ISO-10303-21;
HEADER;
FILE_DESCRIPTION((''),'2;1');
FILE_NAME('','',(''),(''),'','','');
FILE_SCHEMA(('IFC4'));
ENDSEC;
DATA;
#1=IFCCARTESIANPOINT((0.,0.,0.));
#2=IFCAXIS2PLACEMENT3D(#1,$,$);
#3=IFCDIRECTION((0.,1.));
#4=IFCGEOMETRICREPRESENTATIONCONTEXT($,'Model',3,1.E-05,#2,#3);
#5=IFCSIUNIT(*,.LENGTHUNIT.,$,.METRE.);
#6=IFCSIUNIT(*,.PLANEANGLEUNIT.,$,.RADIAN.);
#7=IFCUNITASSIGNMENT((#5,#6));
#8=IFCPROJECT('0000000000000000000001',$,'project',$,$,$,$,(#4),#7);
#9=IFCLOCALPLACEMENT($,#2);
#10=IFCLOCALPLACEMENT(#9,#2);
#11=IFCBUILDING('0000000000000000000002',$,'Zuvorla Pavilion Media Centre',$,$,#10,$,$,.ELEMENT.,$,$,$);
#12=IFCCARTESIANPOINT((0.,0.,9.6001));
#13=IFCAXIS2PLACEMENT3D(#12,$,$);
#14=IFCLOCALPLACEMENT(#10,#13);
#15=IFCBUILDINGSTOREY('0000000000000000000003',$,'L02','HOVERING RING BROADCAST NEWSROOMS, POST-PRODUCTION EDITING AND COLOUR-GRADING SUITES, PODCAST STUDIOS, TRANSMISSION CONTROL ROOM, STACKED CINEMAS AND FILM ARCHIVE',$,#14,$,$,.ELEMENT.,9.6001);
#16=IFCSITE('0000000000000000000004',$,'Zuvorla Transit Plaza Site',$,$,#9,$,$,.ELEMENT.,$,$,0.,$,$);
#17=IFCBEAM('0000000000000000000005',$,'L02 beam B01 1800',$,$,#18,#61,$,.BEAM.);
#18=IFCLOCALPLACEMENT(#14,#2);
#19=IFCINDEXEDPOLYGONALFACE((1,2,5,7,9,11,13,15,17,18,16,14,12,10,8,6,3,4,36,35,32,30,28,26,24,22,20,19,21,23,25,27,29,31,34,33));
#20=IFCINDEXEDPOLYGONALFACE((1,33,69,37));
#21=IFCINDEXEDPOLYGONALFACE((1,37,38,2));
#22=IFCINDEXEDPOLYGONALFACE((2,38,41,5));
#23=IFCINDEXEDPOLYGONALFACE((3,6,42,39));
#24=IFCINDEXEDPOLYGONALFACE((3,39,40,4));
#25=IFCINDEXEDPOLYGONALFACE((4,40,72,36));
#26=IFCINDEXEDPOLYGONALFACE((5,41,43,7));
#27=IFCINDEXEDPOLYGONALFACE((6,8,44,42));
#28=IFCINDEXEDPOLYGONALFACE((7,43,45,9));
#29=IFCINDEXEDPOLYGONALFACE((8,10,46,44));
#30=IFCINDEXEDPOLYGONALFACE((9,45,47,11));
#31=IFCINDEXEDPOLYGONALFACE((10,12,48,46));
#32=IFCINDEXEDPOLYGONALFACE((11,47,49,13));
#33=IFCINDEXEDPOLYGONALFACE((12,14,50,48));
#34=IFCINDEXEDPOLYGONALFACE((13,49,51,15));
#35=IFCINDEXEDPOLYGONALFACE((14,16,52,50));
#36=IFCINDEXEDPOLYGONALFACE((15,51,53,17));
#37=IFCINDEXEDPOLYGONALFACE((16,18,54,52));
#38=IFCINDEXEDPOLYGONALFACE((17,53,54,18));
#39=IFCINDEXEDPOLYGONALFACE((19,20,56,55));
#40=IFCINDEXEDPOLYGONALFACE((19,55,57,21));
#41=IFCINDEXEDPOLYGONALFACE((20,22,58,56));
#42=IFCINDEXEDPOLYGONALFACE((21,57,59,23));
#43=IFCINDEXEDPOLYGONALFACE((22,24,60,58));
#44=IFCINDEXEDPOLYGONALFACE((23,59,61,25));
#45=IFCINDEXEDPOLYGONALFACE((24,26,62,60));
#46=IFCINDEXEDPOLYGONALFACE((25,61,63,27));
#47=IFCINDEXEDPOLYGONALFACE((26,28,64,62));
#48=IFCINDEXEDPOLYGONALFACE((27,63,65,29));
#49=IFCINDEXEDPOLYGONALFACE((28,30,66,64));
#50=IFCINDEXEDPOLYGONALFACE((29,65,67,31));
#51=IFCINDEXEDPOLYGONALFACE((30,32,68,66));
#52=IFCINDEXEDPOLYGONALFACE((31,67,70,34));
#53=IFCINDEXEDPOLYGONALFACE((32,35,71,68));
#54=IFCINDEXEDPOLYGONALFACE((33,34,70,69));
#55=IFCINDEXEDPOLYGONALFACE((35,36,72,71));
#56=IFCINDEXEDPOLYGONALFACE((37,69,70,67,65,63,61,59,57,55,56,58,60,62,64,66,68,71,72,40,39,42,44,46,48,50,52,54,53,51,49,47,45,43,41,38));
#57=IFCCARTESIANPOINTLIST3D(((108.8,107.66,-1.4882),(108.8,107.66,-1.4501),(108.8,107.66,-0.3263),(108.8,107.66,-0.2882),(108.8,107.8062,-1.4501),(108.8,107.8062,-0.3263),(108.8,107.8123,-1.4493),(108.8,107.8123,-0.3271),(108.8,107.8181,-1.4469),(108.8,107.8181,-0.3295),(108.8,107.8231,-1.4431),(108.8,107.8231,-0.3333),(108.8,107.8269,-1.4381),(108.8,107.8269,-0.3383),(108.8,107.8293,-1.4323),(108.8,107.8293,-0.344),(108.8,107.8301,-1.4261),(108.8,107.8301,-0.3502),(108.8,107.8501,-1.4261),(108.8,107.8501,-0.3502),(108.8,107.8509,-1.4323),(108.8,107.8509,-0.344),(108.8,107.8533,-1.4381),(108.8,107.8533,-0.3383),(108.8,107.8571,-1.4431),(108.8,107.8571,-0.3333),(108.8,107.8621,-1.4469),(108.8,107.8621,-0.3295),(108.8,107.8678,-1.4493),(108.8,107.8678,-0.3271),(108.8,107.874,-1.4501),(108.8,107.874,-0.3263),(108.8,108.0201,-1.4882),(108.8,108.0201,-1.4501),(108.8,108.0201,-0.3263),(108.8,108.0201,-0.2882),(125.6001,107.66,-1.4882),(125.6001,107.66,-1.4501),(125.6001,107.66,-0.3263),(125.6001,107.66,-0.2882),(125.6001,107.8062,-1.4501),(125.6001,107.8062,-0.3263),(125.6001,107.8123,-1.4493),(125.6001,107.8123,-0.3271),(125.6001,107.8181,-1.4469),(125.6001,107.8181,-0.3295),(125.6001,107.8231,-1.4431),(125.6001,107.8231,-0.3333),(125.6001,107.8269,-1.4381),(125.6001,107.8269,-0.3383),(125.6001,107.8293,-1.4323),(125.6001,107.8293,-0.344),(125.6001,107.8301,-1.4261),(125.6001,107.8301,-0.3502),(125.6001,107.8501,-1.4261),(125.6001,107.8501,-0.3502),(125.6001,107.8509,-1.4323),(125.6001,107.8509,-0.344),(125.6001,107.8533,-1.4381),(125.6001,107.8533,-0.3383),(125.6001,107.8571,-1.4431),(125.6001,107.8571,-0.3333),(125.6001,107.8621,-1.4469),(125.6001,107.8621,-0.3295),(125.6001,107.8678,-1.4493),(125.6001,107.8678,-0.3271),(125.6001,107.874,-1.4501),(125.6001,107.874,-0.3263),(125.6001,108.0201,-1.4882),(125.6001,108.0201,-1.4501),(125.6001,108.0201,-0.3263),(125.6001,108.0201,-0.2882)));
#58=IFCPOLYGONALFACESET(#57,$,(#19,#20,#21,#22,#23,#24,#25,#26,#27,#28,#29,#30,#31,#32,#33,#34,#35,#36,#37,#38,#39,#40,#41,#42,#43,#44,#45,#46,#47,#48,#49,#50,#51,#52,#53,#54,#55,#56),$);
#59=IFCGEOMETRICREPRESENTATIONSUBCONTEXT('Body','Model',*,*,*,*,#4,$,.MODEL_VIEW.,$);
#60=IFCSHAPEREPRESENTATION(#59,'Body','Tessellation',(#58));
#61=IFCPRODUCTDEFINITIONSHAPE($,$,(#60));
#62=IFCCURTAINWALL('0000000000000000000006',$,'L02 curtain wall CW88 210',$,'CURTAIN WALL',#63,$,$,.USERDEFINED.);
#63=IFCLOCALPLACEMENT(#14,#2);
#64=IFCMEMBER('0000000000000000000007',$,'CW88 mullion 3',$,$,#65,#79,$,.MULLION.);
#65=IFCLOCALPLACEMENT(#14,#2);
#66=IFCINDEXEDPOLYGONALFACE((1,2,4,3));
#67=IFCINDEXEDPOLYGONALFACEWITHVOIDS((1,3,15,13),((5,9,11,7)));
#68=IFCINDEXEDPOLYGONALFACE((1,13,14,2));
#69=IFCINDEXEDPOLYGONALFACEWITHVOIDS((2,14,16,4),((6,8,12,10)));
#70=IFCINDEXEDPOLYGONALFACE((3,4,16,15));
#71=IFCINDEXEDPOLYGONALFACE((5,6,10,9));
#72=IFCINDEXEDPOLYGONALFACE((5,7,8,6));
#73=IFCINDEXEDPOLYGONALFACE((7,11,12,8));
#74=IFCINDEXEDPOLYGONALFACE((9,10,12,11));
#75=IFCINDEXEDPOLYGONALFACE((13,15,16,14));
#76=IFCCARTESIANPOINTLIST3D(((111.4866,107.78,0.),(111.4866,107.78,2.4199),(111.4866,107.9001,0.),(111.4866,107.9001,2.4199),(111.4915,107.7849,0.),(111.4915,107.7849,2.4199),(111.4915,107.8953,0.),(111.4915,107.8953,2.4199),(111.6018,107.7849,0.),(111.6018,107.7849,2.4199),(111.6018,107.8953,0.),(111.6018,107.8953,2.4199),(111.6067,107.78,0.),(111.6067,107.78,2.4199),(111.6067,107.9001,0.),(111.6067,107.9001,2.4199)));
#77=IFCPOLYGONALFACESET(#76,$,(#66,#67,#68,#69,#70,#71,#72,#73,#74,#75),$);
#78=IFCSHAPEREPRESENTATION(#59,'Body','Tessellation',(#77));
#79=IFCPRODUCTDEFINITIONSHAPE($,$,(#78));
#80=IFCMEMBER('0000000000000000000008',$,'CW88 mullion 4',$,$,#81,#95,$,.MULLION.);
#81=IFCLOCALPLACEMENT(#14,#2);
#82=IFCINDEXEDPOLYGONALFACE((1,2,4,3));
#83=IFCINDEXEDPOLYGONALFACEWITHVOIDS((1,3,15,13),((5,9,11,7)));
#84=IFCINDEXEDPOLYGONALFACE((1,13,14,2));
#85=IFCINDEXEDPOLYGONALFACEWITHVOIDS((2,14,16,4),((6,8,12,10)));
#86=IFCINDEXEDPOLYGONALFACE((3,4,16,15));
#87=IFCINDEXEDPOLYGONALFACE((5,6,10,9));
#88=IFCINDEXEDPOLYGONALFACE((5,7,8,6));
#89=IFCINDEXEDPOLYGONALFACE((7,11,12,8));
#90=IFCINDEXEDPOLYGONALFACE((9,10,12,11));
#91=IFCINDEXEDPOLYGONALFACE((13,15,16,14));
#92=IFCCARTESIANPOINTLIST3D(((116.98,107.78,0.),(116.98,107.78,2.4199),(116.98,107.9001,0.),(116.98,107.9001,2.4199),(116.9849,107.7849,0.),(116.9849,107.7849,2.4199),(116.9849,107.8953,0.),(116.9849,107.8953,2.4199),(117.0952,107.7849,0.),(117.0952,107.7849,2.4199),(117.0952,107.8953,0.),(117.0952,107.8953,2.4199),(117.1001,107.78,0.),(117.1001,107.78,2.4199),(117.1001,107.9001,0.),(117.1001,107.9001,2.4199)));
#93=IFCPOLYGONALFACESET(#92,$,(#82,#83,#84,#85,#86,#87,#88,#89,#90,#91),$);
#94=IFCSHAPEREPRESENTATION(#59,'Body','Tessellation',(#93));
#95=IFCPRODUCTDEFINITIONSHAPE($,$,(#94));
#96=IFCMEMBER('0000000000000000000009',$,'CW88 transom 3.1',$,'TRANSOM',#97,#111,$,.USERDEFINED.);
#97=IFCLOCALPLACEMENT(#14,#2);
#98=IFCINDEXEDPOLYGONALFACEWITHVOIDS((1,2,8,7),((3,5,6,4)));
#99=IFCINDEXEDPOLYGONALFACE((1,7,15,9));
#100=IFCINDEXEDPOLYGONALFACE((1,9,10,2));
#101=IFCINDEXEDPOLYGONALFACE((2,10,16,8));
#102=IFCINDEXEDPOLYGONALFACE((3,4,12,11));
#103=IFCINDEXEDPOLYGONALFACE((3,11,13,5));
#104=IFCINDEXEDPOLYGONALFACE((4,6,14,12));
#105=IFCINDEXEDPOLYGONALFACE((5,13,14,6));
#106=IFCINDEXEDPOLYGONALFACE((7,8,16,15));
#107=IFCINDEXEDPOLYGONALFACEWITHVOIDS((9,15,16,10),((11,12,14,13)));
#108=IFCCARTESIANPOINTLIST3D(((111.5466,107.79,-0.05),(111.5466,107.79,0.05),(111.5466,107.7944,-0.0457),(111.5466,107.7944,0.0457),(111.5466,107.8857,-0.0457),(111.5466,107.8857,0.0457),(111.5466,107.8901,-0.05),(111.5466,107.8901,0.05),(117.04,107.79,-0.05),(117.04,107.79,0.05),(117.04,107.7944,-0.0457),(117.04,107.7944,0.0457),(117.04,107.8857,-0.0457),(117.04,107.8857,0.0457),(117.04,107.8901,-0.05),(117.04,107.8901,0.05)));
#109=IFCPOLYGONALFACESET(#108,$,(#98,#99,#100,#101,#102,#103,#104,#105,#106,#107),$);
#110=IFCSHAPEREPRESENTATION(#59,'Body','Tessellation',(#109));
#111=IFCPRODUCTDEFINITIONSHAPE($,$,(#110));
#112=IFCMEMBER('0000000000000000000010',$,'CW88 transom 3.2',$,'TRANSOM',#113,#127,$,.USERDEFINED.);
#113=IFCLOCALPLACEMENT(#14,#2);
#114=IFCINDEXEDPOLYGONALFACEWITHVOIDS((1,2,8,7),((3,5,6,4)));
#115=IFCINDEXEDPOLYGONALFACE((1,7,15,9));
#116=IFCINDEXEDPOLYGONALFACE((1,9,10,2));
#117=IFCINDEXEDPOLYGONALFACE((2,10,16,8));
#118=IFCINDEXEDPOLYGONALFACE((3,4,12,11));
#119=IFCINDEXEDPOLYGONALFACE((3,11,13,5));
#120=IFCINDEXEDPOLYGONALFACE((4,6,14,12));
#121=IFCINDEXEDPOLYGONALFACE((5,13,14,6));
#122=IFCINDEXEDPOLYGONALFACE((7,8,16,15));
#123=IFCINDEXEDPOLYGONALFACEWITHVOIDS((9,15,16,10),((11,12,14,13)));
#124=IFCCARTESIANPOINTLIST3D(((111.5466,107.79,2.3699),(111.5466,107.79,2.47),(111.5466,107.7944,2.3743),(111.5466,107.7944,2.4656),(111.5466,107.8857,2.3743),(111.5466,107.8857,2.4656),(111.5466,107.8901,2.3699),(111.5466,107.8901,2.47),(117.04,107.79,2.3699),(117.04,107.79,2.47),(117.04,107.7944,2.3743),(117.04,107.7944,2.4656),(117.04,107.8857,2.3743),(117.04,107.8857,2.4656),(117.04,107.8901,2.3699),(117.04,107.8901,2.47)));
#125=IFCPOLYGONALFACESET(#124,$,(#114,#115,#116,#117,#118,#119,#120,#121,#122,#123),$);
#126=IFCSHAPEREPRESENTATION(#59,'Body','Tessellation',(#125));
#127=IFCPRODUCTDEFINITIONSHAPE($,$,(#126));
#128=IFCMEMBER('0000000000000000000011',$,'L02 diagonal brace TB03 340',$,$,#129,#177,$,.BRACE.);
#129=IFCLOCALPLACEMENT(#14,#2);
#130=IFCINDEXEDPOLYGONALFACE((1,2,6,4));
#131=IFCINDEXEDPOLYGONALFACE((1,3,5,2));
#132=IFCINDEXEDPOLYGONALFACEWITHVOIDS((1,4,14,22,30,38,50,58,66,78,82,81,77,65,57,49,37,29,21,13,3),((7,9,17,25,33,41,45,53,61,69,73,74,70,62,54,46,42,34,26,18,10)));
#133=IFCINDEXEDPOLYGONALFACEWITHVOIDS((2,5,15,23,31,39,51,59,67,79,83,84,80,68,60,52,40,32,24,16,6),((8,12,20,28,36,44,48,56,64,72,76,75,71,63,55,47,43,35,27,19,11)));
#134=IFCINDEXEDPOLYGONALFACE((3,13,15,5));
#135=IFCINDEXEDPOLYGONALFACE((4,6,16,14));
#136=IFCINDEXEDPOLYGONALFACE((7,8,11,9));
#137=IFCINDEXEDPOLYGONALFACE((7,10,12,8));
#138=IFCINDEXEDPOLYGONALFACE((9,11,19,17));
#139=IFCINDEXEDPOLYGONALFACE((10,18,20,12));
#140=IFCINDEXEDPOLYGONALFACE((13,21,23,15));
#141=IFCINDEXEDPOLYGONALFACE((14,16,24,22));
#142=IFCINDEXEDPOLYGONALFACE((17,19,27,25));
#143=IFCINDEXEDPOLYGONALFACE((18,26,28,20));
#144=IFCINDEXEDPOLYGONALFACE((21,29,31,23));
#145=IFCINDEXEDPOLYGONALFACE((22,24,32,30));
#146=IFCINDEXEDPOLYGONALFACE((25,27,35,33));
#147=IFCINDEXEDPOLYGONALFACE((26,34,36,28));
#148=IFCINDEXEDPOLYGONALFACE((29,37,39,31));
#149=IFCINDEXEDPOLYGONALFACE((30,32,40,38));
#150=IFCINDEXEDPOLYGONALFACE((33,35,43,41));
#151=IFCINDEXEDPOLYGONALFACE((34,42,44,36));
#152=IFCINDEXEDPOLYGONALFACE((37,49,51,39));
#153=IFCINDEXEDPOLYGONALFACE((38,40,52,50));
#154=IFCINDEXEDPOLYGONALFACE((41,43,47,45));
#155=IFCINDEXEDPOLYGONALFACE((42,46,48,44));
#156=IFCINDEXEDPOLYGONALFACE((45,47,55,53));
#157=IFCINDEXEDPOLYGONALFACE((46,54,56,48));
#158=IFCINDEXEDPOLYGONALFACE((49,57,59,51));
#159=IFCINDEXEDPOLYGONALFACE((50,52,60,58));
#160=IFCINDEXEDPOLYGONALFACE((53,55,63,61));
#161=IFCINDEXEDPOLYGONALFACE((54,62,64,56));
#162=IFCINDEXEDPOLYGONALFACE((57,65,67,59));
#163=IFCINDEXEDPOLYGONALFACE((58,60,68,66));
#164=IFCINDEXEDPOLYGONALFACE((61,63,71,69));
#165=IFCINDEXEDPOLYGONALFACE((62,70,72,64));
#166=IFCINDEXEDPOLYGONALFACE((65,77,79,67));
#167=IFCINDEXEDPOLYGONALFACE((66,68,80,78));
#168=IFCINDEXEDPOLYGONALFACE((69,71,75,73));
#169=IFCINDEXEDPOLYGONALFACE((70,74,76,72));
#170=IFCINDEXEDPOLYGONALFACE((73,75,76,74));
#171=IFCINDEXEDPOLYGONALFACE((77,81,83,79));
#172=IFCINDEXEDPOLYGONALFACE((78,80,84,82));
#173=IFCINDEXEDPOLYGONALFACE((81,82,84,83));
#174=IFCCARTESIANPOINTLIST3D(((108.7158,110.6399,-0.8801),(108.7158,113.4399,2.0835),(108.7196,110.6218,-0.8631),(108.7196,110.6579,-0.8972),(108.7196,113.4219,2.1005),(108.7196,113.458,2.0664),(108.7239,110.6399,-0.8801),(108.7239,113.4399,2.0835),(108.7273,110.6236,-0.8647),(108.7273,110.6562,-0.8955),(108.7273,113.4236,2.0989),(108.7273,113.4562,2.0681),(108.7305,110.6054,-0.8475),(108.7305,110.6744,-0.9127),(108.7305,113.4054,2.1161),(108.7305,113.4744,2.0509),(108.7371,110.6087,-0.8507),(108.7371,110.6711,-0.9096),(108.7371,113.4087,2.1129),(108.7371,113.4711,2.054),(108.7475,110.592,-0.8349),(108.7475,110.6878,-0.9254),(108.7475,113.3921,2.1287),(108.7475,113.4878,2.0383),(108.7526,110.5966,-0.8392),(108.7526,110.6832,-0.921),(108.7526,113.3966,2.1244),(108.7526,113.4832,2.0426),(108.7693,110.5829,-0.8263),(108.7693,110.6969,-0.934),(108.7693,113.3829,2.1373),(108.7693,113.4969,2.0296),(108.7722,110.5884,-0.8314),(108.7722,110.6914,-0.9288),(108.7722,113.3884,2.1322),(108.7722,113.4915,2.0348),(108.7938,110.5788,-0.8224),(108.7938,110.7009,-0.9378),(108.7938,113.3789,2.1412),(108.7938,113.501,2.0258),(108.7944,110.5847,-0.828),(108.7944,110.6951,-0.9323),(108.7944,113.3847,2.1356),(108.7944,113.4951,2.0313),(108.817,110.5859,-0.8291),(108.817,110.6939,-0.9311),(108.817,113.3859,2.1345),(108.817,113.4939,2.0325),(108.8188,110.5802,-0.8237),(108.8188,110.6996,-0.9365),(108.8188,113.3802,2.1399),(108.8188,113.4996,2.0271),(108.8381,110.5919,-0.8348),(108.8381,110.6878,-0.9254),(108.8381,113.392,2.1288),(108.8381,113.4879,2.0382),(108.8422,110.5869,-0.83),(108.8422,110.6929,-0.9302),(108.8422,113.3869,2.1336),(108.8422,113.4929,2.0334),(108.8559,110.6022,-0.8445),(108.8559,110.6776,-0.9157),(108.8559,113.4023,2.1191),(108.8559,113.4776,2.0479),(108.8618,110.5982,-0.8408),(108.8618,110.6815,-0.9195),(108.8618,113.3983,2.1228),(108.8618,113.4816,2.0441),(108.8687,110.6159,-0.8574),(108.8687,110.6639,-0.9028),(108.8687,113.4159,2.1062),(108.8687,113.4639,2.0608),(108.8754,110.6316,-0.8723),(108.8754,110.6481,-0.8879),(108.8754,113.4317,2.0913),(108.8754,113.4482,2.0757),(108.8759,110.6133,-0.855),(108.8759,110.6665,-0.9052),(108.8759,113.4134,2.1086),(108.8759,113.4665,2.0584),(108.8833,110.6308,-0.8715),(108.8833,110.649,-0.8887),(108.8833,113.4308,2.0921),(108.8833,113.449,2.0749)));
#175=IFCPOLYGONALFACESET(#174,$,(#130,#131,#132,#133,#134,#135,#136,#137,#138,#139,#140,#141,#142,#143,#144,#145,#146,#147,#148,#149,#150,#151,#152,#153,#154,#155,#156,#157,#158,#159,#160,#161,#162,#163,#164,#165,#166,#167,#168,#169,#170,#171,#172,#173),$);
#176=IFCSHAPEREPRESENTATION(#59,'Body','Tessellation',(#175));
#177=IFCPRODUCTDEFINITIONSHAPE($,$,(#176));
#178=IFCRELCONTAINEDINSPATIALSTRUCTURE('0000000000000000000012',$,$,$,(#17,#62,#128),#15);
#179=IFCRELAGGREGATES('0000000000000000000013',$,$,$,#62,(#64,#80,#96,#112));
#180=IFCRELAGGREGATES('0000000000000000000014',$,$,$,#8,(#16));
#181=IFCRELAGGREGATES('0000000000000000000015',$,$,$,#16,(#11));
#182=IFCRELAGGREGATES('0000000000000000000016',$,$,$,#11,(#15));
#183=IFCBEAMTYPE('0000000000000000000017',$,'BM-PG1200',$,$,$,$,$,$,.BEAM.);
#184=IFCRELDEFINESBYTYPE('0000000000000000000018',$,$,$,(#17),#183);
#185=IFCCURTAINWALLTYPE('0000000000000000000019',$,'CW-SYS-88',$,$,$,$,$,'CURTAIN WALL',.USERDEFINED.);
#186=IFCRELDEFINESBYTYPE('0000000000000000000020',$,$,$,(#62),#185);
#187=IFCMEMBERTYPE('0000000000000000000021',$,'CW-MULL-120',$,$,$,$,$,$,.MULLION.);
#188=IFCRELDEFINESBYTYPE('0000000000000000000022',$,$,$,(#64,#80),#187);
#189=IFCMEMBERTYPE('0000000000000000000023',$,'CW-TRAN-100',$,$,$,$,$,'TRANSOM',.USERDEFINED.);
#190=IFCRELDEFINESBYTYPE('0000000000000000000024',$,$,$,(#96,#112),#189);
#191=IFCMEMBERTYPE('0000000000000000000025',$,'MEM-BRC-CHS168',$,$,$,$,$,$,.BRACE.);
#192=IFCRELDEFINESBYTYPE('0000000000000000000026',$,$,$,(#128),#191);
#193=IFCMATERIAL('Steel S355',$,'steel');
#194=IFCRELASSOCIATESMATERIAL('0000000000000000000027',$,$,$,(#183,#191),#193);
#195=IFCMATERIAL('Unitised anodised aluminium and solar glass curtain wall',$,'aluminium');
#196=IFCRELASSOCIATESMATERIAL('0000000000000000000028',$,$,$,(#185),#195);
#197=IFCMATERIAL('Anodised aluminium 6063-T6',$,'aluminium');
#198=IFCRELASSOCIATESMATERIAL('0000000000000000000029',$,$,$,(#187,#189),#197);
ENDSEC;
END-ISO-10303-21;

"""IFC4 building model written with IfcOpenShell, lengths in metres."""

from ifc_helpers import new_model, si_unit, direction, frame, origin, origin_2d, place, context, subcontext, project, spatial, hollow_rectangle, hollow_circle, i_section, extrude, material, material_profile, profile_set, type_object, element, aggregate, save


model = new_model("IFC4")

# Units and contexts
model_context = context("Model", 3, precision=1e-05, world=origin(), true_north=direction((0.0, 1.0)))
body_context = subcontext(model_context, "Body", "Model", "MODEL_VIEW")
ifc_project = project(units=[si_unit("LENGTHUNIT", "METRE"), si_unit("PLANEANGLEUNIT", "RADIAN")], contexts=[model_context])

# Site, building, storey
site_placement = place(None, origin())
site = spatial("IfcSite", under=ifc_project, at=site_placement, Name="Zuvorla Transit Plaza Site", CompositionType="ELEMENT", RefElevation=0.0)
building_placement = place(site_placement, origin())
building = spatial("IfcBuilding", under=site, at=building_placement, Name="Zuvorla Pavilion Media Centre", CompositionType="ELEMENT")
storey_placement = place(building_placement, frame((0.0, 0.0, 9.6001)))
storey = spatial("IfcBuildingStorey", under=building, at=storey_placement, Name="L02", Description="HOVERING RING BROADCAST NEWSROOMS, POST-PRODUCTION EDITING AND COLOUR-GRADING SUITES, PODCAST STUDIOS, TRANSMISSION CONTROL ROOM, STACKED CINEMAS AND FILM ARCHIVE", CompositionType="ELEMENT", Elevation=9.6001)

# Beam
ifc_material_1 = material(Name="Steel S355", Category="steel")
ifc_material_profile_1 = material_profile(ifc_material_1, i_section(OverallWidth=0.3601, OverallDepth=1.2, WebThickness=0.02, FlangeThickness=0.0381, FilletRadius=0.0239, at=origin_2d()), Name="PG 1200x360x38")
ifc_profile_set_1 = profile_set([ifc_material_profile_1], Name="Steel S355")
beam_type = type_object("IfcBeamType", Name="BM-PG1200", PredefinedType="BEAM", material=ifc_profile_set_1)
beam_placement = place(storey_placement, frame((108.8, 107.8401, -0.8882), z_axis=(1.0, 0.0, 0.0), x_axis=(0.0, 1.0, 0.0)))
element("IfcBeam", 1, at=beam_placement, inside=storey, type_object=beam_type, Name="L02 beam B01 1800", PredefinedType="BEAM", context=body_context, shape_type="SweptSolid", body=[
    extrude(i_section(OverallWidth=0.3601, OverallDepth=1.2, WebThickness=0.02, FlangeThickness=0.0381, FilletRadius=0.0239, at=origin_2d()), origin(), (0.0, 0.0, 1.0), 16.8),
])

# Curtain wall, members
ifc_material_2 = material(Name="Unitised anodised aluminium and solar glass curtain wall", Category="aluminium")
curtain_wall_type = type_object("IfcCurtainWallType", Name="CW-SYS-88", ElementType="CURTAIN WALL", PredefinedType="USERDEFINED", material=ifc_material_2)
curtain_wall_placement = place(storey_placement, origin())
curtain_wall = element("IfcCurtainWall", 2, at=curtain_wall_placement, inside=storey, type_object=curtain_wall_type, Name="L02 curtain wall CW88 210", ObjectType="CURTAIN WALL", PredefinedType="USERDEFINED")
ifc_material_3 = material(Name="Anodised aluminium 6063-T6", Category="aluminium")
ifc_material_profile_2 = material_profile(ifc_material_3, hollow_rectangle(XDim=0.1201, YDim=0.1201, WallThickness=0.0049, at=origin_2d()), Name="ALU MULL 120x120")
ifc_profile_set_2 = profile_set([ifc_material_profile_2], Name="Anodised aluminium 6063-T6")
member_type_1 = type_object("IfcMemberType", Name="CW-MULL-120", PredefinedType="MULLION", material=ifc_profile_set_2)
member_1_placement = place(storey_placement, frame((111.5466, 107.8401, 0.0), z_axis=(0.0, 0.0, 1.0), x_axis=(1.0, 0.0, 0.0)))
member_1 = element("IfcMember", 3, at=member_1_placement, type_object=member_type_1, Name="CW88 mullion 3", PredefinedType="MULLION", context=body_context, shape_type="SweptSolid", body=[
    extrude(hollow_rectangle(XDim=0.1201, YDim=0.1201, WallThickness=0.0049, at=origin_2d()), origin(), (0.0, 0.0, 1.0), 2.4199),
])
member_2_placement = place(storey_placement, frame((117.04, 107.8401, 0.0), z_axis=(0.0, 0.0, 1.0), x_axis=(1.0, 0.0, 0.0)))
member_2 = element("IfcMember", 4, at=member_2_placement, type_object=member_type_1, Name="CW88 mullion 4", PredefinedType="MULLION", context=body_context, shape_type="SweptSolid", body=[
    extrude(hollow_rectangle(XDim=0.1201, YDim=0.1201, WallThickness=0.0049, at=origin_2d()), origin(), (0.0, 0.0, 1.0), 2.4199),
])
ifc_material_profile_3 = material_profile(ifc_material_3, hollow_rectangle(XDim=0.1001, YDim=0.1001, WallThickness=0.0044, at=origin_2d()), Name="ALU TRAN 100x100")
ifc_profile_set_3 = profile_set([ifc_material_profile_3], Name="Anodised aluminium 6063-T6")
member_type_2 = type_object("IfcMemberType", Name="CW-TRAN-100", ElementType="TRANSOM", PredefinedType="USERDEFINED", material=ifc_profile_set_3)
member_3_placement = place(storey_placement, frame((111.5466, 107.8401, 0.0), z_axis=(1.0, 0.0, 0.0), x_axis=(0.0, 1.0, 0.0)))
member_3 = element("IfcMember", 5, at=member_3_placement, type_object=member_type_2, Name="CW88 transom 3.1", ObjectType="TRANSOM", PredefinedType="USERDEFINED", context=body_context, shape_type="SweptSolid", body=[
    extrude(hollow_rectangle(XDim=0.1001, YDim=0.1001, WallThickness=0.0044, at=origin_2d()), origin(), (0.0, 0.0, 1.0), 5.4934),
])
member_4_placement = place(storey_placement, frame((111.5466, 107.8401, 2.4199), z_axis=(1.0, 0.0, 0.0), x_axis=(0.0, 1.0, 0.0)))
member_4 = element("IfcMember", 6, at=member_4_placement, type_object=member_type_2, Name="CW88 transom 3.2", ObjectType="TRANSOM", PredefinedType="USERDEFINED", context=body_context, shape_type="SweptSolid", body=[
    extrude(hollow_rectangle(XDim=0.1001, YDim=0.1001, WallThickness=0.0044, at=origin_2d()), origin(), (0.0, 0.0, 1.0), 5.4934),
])

# Member
ifc_material_profile_4 = material_profile(ifc_material_1, hollow_circle(Radius=0.0842, WallThickness=0.0081, at=origin_2d()), Name="CHS 168.3x8")
ifc_profile_set_4 = profile_set([ifc_material_profile_4], Name="Steel S355")
member_type_3 = type_object("IfcMemberType", Name="MEM-BRC-CHS168", PredefinedType="BRACE", material=ifc_profile_set_4)
member_5_placement = place(storey_placement, frame((108.8, 110.6399, -0.8801), z_axis=(0.0, 0.686762, 0.726882), x_axis=(-1.0, 0.0, 0.0)))
element("IfcMember", 7, at=member_5_placement, inside=storey, type_object=member_type_3, Name="L02 diagonal brace TB03 340", PredefinedType="BRACE", context=body_context, shape_type="SweptSolid", body=[
    extrude(hollow_circle(Radius=0.0842, WallThickness=0.0081, at=origin_2d()), origin(), (0.0, 0.0, 1.0), 4.0771),
])

aggregate(curtain_wall, [member_1, member_2, member_3, member_4])

save(model, "model.ifc")
